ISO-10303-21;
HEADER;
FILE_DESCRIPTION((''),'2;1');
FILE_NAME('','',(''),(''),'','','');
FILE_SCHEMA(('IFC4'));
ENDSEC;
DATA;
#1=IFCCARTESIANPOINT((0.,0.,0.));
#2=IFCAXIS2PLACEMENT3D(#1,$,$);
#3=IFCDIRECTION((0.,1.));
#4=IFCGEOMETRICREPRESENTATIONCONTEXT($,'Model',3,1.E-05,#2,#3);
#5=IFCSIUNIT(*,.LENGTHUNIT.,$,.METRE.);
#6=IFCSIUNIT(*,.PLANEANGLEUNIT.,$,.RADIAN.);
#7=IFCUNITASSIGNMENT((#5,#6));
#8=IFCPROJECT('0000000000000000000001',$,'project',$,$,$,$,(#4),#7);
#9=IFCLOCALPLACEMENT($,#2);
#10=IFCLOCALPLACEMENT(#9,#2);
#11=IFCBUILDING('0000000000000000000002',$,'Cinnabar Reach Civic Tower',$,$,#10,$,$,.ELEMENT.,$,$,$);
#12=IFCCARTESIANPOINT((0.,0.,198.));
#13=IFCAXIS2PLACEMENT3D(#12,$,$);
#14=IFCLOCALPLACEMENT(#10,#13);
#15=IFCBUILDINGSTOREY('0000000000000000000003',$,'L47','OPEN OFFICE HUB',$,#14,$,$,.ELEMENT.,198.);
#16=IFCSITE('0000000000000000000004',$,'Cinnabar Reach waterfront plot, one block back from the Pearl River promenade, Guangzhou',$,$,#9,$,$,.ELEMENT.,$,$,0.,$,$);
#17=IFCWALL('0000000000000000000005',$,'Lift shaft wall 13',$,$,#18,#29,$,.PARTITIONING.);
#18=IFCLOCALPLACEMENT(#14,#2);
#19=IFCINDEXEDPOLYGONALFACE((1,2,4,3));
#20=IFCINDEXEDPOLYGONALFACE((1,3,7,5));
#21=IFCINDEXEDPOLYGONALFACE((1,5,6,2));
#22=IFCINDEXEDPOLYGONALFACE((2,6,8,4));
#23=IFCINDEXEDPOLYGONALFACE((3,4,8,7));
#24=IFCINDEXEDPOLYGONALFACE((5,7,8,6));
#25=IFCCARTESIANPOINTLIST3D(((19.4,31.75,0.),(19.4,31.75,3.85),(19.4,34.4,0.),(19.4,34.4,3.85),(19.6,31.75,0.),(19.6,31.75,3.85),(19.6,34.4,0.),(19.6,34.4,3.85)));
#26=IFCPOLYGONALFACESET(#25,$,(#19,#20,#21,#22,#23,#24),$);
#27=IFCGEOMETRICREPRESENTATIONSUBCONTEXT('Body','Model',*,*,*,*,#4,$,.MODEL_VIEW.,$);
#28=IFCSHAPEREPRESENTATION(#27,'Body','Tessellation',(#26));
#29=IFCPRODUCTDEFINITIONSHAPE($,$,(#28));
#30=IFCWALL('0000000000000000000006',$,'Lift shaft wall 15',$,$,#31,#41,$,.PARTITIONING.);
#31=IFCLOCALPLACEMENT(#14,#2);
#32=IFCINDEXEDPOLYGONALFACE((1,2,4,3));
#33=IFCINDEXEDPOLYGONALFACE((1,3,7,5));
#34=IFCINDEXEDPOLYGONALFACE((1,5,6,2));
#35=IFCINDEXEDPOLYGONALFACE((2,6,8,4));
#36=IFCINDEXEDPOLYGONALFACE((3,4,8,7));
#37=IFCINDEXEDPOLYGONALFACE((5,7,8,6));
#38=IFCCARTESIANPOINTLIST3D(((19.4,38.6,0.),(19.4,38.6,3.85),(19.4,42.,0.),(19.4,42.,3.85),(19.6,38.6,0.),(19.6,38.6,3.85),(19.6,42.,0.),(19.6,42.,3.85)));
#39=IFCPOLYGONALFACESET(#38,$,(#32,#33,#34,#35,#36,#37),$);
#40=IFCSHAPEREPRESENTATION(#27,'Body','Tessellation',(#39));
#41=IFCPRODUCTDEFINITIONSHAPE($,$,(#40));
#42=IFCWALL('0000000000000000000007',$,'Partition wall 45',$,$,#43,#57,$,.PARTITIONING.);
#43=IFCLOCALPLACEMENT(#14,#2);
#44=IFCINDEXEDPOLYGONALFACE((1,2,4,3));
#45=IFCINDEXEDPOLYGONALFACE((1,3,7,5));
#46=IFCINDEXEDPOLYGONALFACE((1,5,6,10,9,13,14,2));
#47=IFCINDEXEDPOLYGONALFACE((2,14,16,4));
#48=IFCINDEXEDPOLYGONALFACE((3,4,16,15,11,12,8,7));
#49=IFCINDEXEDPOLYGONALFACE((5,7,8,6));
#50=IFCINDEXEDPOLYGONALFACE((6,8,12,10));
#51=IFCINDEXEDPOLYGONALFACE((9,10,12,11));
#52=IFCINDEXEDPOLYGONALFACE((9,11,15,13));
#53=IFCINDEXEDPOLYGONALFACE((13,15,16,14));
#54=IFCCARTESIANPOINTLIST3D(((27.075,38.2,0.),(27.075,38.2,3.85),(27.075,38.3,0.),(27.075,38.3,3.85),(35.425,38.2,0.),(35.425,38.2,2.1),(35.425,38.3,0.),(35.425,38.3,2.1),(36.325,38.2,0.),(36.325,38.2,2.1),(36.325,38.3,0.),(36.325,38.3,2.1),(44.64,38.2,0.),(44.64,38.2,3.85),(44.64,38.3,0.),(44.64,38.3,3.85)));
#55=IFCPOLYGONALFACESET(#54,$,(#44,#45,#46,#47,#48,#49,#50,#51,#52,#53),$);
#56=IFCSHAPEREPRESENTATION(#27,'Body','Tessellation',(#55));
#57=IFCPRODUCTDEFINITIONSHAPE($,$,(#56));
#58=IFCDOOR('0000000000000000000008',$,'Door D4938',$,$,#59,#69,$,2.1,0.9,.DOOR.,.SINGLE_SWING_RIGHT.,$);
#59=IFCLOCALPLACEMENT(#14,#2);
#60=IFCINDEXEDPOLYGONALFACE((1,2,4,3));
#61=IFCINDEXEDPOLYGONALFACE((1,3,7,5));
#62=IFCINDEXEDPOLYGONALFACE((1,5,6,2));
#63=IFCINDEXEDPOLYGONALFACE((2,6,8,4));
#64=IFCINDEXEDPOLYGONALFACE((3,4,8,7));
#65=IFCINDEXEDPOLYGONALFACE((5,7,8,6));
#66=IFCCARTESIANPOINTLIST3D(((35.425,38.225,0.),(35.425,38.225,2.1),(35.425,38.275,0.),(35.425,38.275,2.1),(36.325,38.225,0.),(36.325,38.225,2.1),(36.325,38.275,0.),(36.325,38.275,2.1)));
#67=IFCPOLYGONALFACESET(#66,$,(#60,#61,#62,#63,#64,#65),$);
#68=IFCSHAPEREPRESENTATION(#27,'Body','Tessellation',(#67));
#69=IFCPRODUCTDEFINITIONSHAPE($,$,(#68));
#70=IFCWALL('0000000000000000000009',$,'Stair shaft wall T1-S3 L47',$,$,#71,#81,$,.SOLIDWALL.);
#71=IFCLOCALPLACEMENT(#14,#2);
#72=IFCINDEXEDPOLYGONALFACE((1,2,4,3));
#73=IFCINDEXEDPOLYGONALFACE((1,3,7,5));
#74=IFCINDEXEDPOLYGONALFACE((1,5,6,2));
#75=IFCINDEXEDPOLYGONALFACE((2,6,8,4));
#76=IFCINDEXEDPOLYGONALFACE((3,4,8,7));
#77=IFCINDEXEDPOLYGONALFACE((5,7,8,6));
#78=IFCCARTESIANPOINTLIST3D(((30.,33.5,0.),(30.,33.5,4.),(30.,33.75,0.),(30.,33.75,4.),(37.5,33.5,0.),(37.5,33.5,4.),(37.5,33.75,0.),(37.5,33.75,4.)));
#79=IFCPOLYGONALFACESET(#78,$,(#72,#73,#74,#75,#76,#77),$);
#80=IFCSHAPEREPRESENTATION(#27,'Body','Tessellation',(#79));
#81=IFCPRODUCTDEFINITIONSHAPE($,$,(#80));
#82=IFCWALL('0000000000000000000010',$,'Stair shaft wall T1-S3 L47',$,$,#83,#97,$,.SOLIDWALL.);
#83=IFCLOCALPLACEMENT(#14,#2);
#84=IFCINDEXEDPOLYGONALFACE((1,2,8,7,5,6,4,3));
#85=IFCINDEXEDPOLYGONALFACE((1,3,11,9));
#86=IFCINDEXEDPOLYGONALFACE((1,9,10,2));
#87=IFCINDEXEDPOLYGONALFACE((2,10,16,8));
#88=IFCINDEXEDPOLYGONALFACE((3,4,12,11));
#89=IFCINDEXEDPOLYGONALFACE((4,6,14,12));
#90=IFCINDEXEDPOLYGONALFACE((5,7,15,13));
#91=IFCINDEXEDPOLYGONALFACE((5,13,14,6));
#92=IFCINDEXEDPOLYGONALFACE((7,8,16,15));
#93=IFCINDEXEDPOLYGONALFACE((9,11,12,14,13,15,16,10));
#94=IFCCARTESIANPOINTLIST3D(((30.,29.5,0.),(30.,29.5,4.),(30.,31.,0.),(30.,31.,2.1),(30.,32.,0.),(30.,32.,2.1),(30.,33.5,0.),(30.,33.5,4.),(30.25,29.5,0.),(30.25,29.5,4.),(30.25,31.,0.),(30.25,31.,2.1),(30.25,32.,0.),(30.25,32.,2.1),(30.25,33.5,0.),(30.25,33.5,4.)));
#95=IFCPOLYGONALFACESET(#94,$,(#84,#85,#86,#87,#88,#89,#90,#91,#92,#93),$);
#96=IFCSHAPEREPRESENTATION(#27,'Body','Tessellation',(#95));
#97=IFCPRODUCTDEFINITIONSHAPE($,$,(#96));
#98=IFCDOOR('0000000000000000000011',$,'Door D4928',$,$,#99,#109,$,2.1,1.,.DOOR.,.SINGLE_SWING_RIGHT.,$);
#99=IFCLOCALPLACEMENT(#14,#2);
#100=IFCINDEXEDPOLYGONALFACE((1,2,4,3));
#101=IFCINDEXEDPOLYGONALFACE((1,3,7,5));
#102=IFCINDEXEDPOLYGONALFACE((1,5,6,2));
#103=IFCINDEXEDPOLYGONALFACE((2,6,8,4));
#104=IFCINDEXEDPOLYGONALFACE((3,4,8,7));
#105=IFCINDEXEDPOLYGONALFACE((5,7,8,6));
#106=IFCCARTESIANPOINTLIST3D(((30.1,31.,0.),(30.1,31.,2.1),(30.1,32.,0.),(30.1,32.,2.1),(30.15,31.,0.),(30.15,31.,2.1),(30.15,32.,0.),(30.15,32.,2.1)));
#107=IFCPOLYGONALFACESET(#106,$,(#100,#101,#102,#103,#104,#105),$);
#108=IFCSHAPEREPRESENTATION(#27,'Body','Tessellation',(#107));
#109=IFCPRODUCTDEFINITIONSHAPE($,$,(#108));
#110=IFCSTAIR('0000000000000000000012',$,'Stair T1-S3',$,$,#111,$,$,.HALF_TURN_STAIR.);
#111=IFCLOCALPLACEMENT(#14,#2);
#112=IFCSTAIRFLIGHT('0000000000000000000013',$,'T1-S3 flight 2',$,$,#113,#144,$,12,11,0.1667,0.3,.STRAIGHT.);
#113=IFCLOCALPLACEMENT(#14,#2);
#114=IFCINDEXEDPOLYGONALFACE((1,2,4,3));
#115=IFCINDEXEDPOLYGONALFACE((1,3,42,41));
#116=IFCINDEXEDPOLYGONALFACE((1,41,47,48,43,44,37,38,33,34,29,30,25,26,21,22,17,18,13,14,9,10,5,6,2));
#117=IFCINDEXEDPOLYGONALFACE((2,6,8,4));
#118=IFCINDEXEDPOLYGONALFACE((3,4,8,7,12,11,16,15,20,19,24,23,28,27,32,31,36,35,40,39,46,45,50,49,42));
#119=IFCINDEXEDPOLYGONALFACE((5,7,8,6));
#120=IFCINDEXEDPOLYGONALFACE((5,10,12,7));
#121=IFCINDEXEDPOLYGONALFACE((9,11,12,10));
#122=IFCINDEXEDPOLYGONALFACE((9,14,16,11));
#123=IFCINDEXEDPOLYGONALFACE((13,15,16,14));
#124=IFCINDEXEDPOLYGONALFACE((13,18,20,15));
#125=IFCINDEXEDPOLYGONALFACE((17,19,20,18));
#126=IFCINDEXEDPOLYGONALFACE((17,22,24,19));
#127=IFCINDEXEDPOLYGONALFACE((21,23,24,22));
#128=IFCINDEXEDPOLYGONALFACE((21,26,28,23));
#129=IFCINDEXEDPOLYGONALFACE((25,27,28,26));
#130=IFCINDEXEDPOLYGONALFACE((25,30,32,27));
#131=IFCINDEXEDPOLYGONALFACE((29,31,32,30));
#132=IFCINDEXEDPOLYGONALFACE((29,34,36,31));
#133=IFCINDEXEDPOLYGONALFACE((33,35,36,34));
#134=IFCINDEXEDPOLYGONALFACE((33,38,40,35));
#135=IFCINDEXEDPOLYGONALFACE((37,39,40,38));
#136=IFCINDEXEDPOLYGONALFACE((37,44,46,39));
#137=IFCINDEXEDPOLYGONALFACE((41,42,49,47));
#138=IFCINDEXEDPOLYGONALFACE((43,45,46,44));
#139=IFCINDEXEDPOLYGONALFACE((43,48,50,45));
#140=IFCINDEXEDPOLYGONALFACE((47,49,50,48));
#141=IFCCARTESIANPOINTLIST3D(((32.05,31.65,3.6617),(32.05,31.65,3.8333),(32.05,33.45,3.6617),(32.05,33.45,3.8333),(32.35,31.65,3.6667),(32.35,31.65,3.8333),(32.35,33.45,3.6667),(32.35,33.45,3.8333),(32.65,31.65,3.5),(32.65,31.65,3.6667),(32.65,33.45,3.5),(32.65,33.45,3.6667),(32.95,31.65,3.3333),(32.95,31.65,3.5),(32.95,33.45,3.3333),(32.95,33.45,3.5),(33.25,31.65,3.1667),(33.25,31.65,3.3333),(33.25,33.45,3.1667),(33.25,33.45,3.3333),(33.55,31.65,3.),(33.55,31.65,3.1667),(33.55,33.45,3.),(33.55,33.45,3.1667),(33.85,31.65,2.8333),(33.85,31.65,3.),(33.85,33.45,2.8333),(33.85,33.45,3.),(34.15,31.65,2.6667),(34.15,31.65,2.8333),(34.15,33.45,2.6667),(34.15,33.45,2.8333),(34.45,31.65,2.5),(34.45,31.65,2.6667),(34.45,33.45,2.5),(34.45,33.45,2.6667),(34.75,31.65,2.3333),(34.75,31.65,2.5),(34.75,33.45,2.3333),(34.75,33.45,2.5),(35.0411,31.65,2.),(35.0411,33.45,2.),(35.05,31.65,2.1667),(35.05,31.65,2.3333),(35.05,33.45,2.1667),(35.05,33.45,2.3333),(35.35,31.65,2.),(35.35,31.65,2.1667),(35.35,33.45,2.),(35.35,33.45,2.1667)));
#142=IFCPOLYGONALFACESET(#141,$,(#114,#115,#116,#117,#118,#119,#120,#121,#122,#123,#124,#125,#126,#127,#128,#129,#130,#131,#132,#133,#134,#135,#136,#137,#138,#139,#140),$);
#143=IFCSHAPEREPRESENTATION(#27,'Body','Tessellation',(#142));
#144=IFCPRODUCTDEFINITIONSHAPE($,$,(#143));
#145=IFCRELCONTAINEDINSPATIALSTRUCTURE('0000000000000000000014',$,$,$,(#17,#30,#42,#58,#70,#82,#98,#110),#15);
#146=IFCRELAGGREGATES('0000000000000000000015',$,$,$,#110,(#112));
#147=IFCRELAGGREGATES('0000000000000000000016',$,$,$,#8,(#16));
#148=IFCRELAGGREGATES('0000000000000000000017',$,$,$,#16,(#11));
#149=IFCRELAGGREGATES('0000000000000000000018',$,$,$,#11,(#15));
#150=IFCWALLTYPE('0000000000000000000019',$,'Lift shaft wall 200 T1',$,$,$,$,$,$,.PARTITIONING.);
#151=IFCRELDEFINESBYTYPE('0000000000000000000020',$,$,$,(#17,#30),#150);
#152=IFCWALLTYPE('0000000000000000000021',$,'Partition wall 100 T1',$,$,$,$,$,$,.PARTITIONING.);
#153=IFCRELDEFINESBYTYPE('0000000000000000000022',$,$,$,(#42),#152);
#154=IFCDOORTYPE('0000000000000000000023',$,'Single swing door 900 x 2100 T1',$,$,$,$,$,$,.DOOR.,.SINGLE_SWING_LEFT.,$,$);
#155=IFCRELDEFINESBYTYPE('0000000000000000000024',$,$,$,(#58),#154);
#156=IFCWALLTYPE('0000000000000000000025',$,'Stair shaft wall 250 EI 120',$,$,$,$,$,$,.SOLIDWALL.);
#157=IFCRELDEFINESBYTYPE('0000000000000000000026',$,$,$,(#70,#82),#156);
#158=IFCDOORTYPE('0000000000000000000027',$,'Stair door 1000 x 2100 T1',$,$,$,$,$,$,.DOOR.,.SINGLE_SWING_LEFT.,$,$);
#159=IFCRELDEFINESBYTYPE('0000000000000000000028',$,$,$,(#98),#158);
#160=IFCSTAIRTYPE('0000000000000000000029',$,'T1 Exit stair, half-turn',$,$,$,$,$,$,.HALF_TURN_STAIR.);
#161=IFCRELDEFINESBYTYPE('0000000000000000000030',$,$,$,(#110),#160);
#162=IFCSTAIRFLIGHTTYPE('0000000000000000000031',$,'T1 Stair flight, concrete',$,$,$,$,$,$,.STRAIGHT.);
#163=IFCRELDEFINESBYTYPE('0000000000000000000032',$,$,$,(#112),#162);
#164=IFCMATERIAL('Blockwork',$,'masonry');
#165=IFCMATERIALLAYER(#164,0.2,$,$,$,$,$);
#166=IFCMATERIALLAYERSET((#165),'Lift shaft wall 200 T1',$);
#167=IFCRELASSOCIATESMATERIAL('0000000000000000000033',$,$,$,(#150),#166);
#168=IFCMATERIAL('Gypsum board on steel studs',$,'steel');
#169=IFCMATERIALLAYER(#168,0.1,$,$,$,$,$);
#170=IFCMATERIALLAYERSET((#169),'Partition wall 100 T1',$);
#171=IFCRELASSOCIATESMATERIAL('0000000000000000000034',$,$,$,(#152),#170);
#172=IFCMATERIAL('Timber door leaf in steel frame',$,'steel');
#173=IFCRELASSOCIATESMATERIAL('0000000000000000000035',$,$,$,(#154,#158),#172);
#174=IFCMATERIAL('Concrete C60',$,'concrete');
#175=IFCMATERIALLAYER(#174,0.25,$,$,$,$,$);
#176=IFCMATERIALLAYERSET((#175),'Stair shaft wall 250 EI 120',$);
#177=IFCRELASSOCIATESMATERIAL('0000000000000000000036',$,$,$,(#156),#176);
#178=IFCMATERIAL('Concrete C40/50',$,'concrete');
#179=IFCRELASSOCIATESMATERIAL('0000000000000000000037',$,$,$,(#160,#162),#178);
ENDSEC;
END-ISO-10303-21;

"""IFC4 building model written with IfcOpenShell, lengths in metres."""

from ifc_helpers import new_model, si_unit, direction, frame, frame_2d, origin, place, context, subcontext, project, spatial, polyline, rectangle, outline, extrude, material, layer, layer_set, type_object, element, fill, aggregate, save


model = new_model("IFC4")

# Units and contexts
model_context = context("Model", 3, precision=1e-05, world=origin(), true_north=direction((0.0, 1.0)))
body_context = subcontext(model_context, "Body", "Model", "MODEL_VIEW")
ifc_project = project(units=[si_unit("LENGTHUNIT", "METRE"), si_unit("PLANEANGLEUNIT", "RADIAN")], contexts=[model_context])

# Site, building, storey
site_placement = place(None, origin())
site = spatial("IfcSite", under=ifc_project, at=site_placement, Name="Cinnabar Reach waterfront plot, one block back from the Pearl River promenade, Guangzhou", CompositionType="ELEMENT", RefElevation=0.0)
building_placement = place(site_placement, origin())
building = spatial("IfcBuilding", under=site, at=building_placement, Name="Cinnabar Reach Civic Tower", CompositionType="ELEMENT")
storey_placement = place(building_placement, frame((0.0, 0.0, 198.0)))
storey = spatial("IfcBuildingStorey", under=building, at=storey_placement, Name="L47", Description="OPEN OFFICE HUB", CompositionType="ELEMENT", Elevation=198.0)

# Shared definitions
ifc_material_1 = material(Name="Concrete C60", Category="concrete")

# Shared definitions
ifc_material_2 = material(Name="Timber door leaf in steel frame", Category="steel")

# Walls
ifc_material_3 = material(Name="Blockwork", Category="masonry")
ifc_layer_1 = layer(ifc_material_3, 0.2)
ifc_layer_set_1 = layer_set([ifc_layer_1], Name="Lift shaft wall 200 T1")
wall_type_1 = type_object("IfcWallType", Name="Lift shaft wall 200 T1", PredefinedType="PARTITIONING", material=ifc_layer_set_1)
wall_1_placement = place(storey_placement, frame((19.5, 31.75, 0.0), z_axis=(0.0, 0.0, 1.0), x_axis=(0.0, 1.0, 0.0)))
element("IfcWall", 1, at=wall_1_placement, inside=storey, type_object=wall_type_1, Name="Lift shaft wall 13", PredefinedType="PARTITIONING", context=body_context, shape_type="SweptSolid", body=[
    extrude(rectangle(XDim=2.65, YDim=0.2, at=frame_2d((1.325, 0.0))), origin(), (0.0, 0.0, 1.0), 3.85),
])
wall_2_placement = place(storey_placement, frame((19.5, 38.6, 0.0), z_axis=(0.0, 0.0, 1.0), x_axis=(0.0, 1.0, 0.0)))
element("IfcWall", 2, at=wall_2_placement, inside=storey, type_object=wall_type_1, Name="Lift shaft wall 15", PredefinedType="PARTITIONING", context=body_context, shape_type="SweptSolid", body=[
    extrude(rectangle(XDim=3.4, YDim=0.2, at=frame_2d((1.7, 0.0))), origin(), (0.0, 0.0, 1.0), 3.85),
])

# Wall, opening, door
ifc_material_4 = material(Name="Gypsum board on steel studs", Category="steel")
ifc_layer_2 = layer(ifc_material_4, 0.1)
ifc_layer_set_2 = layer_set([ifc_layer_2], Name="Partition wall 100 T1")
wall_type_2 = type_object("IfcWallType", Name="Partition wall 100 T1", PredefinedType="PARTITIONING", material=ifc_layer_set_2)
wall_3_placement = place(storey_placement, frame((27.075, 38.25, 0.0), z_axis=(0.0, 0.0, 1.0), x_axis=(1.0, 0.0, 0.0)))
wall_3 = element("IfcWall", 3, at=wall_3_placement, inside=storey, type_object=wall_type_2, Name="Partition wall 45", PredefinedType="PARTITIONING", context=body_context, shape_type="SweptSolid", body=[
    extrude(rectangle(XDim=17.565, YDim=0.1, at=frame_2d((8.7825, 0.0))), origin(), (0.0, 0.0, 1.0), 3.85),
])
opening_1_placement = place(wall_3_placement, frame((8.35, 0.0, 0.0)))
opening_1 = element("IfcOpeningElement", 4, at=opening_1_placement, cuts=wall_3, PredefinedType="OPENING", context=body_context, shape_type="SweptSolid", body=[
    extrude(rectangle(XDim=0.9, YDim=2.1, at=frame_2d((0.45, 1.05))), frame((0.0, 0.06, 0.0), z_axis=(0.0, -1.0, 0.0), x_axis=(1.0, 0.0, 0.0)), (0.0, 0.0, 1.0), 0.12),
])
door_type_1 = type_object("IfcDoorType", Name="Single swing door 900 x 2100 T1", OperationType="SINGLE_SWING_LEFT", PredefinedType="DOOR", material=ifc_material_2)
door_1_placement = place(opening_1_placement, origin())
door_1 = element("IfcDoor", 5, at=door_1_placement, inside=storey, type_object=door_type_1, Name="Door D4938", OperationType="SINGLE_SWING_RIGHT", OverallHeight=2.1, OverallWidth=0.9, PredefinedType="DOOR", context=body_context, shape_type="SweptSolid", body=[
    extrude(rectangle(XDim=0.9, YDim=2.1, at=frame_2d((0.45, 1.05))), frame((0.0, 0.025, 0.0), z_axis=(0.0, -1.0, 0.0), x_axis=(1.0, 0.0, 0.0)), (0.0, 0.0, 1.0), 0.05),
])
fill(opening_1, door_1)

# Wall
ifc_layer_3 = layer(ifc_material_1, 0.25)
ifc_layer_set_3 = layer_set([ifc_layer_3], Name="Stair shaft wall 250 EI 120")
wall_type_3 = type_object("IfcWallType", Name="Stair shaft wall 250 EI 120", PredefinedType="SOLIDWALL", material=ifc_layer_set_3)
wall_4_placement = place(storey_placement, frame((37.5, 33.625, 0.0), z_axis=(0.0, 0.0, 1.0), x_axis=(-1.0, 0.0, 0.0)))
element("IfcWall", 6, at=wall_4_placement, inside=storey, type_object=wall_type_3, Name="Stair shaft wall T1-S3 L47", PredefinedType="SOLIDWALL", context=body_context, shape_type="SweptSolid", body=[
    extrude(rectangle(XDim=7.5, YDim=0.25, at=frame_2d((3.75, 0.0))), origin(), (0.0, 0.0, 1.0), 4.0),
])

# Wall, opening, door
wall_5_placement = place(storey_placement, frame((30.125, 33.5, 0.0), z_axis=(0.0, 0.0, 1.0), x_axis=(0.0, -1.0, 0.0)))
wall_5 = element("IfcWall", 7, at=wall_5_placement, inside=storey, type_object=wall_type_3, Name="Stair shaft wall T1-S3 L47", PredefinedType="SOLIDWALL", context=body_context, shape_type="SweptSolid", body=[
    extrude(rectangle(XDim=4.0, YDim=0.25, at=frame_2d((2.0, 0.0))), origin(), (0.0, 0.0, 1.0), 4.0),
])
opening_2_placement = place(wall_5_placement, frame((1.5, 0.0, 0.0)))
opening_2 = element("IfcOpeningElement", 8, at=opening_2_placement, cuts=wall_5, PredefinedType="OPENING", context=body_context, shape_type="SweptSolid", body=[
    extrude(rectangle(XDim=1.0, YDim=2.1, at=frame_2d((0.5, 1.05))), frame((0.0, 0.135, 0.0), z_axis=(0.0, -1.0, 0.0), x_axis=(1.0, 0.0, 0.0)), (0.0, 0.0, 1.0), 0.27),
])
door_type_2 = type_object("IfcDoorType", Name="Stair door 1000 x 2100 T1", OperationType="SINGLE_SWING_LEFT", PredefinedType="DOOR", material=ifc_material_2)
door_2_placement = place(opening_2_placement, origin())
door_2 = element("IfcDoor", 9, at=door_2_placement, inside=storey, type_object=door_type_2, Name="Door D4928", OperationType="SINGLE_SWING_RIGHT", OverallHeight=2.1, OverallWidth=1.0, PredefinedType="DOOR", context=body_context, shape_type="SweptSolid", body=[
    extrude(rectangle(XDim=1.0, YDim=2.1, at=frame_2d((0.5, 1.05))), frame((0.0, 0.025, 0.0), z_axis=(0.0, -1.0, 0.0), x_axis=(1.0, 0.0, 0.0)), (0.0, 0.0, 1.0), 0.05),
])
fill(opening_2, door_2)

# Stair, stair flight
ifc_material_5 = material(Name="Concrete C40/50", Category="concrete")
stair_type = type_object("IfcStairType", Name="T1 Exit stair, half-turn", PredefinedType="HALF_TURN_STAIR", material=ifc_material_5)
stair_placement = place(storey_placement, origin())
stair = element("IfcStair", 10, at=stair_placement, inside=storey, type_object=stair_type, Name="Stair T1-S3", PredefinedType="HALF_TURN_STAIR")
stair_flight_type = type_object("IfcStairFlightType", Name="T1 Stair flight, concrete", PredefinedType="STRAIGHT", material=ifc_material_5)
stair_flight_placement = place(storey_placement, frame((35.35, 32.55, 2.0), z_axis=(0.0, 0.0, 1.0), x_axis=(-1.0, 0.0, 0.0)))
stair_flight = element("IfcStairFlight", 11, at=stair_flight_placement, type_object=stair_flight_type, Name="T1-S3 flight 2", NumberOfRisers=12, NumberOfTreads=11, PredefinedType="STRAIGHT", RiserHeight=0.1667, TreadLength=0.3, context=body_context, shape_type="SweptSolid", body=[
    extrude(outline(polyline([(0.0, 0.0), (0.0, 0.1667), (0.3, 0.1667), (0.3, 0.3333), (0.6, 0.3333), (0.6, 0.5), (0.9, 0.5), (0.9, 0.6667), (1.2, 0.6667), (1.2, 0.8333), (1.5, 0.8333), (1.5, 1.0), (1.8, 1.0), (1.8, 1.1667), (2.1, 1.1667), (2.1, 1.3333), (2.4, 1.3333), (2.4, 1.5), (2.7, 1.5), (2.7, 1.6667), (3.0, 1.6667), (3.0, 1.8333), (3.3, 1.8333), (3.3, 2.0), (3.3, 1.6617), (0.3089, 0.0), (0.0, 0.0)])), frame((0.0, 0.9, 0.0), z_axis=(0.0, -1.0, 0.0), x_axis=(1.0, 0.0, 0.0)), (0.0, 0.0, 1.0), 1.8),
])
aggregate(stair, [stair_flight])

save(model, "model.ifc")
